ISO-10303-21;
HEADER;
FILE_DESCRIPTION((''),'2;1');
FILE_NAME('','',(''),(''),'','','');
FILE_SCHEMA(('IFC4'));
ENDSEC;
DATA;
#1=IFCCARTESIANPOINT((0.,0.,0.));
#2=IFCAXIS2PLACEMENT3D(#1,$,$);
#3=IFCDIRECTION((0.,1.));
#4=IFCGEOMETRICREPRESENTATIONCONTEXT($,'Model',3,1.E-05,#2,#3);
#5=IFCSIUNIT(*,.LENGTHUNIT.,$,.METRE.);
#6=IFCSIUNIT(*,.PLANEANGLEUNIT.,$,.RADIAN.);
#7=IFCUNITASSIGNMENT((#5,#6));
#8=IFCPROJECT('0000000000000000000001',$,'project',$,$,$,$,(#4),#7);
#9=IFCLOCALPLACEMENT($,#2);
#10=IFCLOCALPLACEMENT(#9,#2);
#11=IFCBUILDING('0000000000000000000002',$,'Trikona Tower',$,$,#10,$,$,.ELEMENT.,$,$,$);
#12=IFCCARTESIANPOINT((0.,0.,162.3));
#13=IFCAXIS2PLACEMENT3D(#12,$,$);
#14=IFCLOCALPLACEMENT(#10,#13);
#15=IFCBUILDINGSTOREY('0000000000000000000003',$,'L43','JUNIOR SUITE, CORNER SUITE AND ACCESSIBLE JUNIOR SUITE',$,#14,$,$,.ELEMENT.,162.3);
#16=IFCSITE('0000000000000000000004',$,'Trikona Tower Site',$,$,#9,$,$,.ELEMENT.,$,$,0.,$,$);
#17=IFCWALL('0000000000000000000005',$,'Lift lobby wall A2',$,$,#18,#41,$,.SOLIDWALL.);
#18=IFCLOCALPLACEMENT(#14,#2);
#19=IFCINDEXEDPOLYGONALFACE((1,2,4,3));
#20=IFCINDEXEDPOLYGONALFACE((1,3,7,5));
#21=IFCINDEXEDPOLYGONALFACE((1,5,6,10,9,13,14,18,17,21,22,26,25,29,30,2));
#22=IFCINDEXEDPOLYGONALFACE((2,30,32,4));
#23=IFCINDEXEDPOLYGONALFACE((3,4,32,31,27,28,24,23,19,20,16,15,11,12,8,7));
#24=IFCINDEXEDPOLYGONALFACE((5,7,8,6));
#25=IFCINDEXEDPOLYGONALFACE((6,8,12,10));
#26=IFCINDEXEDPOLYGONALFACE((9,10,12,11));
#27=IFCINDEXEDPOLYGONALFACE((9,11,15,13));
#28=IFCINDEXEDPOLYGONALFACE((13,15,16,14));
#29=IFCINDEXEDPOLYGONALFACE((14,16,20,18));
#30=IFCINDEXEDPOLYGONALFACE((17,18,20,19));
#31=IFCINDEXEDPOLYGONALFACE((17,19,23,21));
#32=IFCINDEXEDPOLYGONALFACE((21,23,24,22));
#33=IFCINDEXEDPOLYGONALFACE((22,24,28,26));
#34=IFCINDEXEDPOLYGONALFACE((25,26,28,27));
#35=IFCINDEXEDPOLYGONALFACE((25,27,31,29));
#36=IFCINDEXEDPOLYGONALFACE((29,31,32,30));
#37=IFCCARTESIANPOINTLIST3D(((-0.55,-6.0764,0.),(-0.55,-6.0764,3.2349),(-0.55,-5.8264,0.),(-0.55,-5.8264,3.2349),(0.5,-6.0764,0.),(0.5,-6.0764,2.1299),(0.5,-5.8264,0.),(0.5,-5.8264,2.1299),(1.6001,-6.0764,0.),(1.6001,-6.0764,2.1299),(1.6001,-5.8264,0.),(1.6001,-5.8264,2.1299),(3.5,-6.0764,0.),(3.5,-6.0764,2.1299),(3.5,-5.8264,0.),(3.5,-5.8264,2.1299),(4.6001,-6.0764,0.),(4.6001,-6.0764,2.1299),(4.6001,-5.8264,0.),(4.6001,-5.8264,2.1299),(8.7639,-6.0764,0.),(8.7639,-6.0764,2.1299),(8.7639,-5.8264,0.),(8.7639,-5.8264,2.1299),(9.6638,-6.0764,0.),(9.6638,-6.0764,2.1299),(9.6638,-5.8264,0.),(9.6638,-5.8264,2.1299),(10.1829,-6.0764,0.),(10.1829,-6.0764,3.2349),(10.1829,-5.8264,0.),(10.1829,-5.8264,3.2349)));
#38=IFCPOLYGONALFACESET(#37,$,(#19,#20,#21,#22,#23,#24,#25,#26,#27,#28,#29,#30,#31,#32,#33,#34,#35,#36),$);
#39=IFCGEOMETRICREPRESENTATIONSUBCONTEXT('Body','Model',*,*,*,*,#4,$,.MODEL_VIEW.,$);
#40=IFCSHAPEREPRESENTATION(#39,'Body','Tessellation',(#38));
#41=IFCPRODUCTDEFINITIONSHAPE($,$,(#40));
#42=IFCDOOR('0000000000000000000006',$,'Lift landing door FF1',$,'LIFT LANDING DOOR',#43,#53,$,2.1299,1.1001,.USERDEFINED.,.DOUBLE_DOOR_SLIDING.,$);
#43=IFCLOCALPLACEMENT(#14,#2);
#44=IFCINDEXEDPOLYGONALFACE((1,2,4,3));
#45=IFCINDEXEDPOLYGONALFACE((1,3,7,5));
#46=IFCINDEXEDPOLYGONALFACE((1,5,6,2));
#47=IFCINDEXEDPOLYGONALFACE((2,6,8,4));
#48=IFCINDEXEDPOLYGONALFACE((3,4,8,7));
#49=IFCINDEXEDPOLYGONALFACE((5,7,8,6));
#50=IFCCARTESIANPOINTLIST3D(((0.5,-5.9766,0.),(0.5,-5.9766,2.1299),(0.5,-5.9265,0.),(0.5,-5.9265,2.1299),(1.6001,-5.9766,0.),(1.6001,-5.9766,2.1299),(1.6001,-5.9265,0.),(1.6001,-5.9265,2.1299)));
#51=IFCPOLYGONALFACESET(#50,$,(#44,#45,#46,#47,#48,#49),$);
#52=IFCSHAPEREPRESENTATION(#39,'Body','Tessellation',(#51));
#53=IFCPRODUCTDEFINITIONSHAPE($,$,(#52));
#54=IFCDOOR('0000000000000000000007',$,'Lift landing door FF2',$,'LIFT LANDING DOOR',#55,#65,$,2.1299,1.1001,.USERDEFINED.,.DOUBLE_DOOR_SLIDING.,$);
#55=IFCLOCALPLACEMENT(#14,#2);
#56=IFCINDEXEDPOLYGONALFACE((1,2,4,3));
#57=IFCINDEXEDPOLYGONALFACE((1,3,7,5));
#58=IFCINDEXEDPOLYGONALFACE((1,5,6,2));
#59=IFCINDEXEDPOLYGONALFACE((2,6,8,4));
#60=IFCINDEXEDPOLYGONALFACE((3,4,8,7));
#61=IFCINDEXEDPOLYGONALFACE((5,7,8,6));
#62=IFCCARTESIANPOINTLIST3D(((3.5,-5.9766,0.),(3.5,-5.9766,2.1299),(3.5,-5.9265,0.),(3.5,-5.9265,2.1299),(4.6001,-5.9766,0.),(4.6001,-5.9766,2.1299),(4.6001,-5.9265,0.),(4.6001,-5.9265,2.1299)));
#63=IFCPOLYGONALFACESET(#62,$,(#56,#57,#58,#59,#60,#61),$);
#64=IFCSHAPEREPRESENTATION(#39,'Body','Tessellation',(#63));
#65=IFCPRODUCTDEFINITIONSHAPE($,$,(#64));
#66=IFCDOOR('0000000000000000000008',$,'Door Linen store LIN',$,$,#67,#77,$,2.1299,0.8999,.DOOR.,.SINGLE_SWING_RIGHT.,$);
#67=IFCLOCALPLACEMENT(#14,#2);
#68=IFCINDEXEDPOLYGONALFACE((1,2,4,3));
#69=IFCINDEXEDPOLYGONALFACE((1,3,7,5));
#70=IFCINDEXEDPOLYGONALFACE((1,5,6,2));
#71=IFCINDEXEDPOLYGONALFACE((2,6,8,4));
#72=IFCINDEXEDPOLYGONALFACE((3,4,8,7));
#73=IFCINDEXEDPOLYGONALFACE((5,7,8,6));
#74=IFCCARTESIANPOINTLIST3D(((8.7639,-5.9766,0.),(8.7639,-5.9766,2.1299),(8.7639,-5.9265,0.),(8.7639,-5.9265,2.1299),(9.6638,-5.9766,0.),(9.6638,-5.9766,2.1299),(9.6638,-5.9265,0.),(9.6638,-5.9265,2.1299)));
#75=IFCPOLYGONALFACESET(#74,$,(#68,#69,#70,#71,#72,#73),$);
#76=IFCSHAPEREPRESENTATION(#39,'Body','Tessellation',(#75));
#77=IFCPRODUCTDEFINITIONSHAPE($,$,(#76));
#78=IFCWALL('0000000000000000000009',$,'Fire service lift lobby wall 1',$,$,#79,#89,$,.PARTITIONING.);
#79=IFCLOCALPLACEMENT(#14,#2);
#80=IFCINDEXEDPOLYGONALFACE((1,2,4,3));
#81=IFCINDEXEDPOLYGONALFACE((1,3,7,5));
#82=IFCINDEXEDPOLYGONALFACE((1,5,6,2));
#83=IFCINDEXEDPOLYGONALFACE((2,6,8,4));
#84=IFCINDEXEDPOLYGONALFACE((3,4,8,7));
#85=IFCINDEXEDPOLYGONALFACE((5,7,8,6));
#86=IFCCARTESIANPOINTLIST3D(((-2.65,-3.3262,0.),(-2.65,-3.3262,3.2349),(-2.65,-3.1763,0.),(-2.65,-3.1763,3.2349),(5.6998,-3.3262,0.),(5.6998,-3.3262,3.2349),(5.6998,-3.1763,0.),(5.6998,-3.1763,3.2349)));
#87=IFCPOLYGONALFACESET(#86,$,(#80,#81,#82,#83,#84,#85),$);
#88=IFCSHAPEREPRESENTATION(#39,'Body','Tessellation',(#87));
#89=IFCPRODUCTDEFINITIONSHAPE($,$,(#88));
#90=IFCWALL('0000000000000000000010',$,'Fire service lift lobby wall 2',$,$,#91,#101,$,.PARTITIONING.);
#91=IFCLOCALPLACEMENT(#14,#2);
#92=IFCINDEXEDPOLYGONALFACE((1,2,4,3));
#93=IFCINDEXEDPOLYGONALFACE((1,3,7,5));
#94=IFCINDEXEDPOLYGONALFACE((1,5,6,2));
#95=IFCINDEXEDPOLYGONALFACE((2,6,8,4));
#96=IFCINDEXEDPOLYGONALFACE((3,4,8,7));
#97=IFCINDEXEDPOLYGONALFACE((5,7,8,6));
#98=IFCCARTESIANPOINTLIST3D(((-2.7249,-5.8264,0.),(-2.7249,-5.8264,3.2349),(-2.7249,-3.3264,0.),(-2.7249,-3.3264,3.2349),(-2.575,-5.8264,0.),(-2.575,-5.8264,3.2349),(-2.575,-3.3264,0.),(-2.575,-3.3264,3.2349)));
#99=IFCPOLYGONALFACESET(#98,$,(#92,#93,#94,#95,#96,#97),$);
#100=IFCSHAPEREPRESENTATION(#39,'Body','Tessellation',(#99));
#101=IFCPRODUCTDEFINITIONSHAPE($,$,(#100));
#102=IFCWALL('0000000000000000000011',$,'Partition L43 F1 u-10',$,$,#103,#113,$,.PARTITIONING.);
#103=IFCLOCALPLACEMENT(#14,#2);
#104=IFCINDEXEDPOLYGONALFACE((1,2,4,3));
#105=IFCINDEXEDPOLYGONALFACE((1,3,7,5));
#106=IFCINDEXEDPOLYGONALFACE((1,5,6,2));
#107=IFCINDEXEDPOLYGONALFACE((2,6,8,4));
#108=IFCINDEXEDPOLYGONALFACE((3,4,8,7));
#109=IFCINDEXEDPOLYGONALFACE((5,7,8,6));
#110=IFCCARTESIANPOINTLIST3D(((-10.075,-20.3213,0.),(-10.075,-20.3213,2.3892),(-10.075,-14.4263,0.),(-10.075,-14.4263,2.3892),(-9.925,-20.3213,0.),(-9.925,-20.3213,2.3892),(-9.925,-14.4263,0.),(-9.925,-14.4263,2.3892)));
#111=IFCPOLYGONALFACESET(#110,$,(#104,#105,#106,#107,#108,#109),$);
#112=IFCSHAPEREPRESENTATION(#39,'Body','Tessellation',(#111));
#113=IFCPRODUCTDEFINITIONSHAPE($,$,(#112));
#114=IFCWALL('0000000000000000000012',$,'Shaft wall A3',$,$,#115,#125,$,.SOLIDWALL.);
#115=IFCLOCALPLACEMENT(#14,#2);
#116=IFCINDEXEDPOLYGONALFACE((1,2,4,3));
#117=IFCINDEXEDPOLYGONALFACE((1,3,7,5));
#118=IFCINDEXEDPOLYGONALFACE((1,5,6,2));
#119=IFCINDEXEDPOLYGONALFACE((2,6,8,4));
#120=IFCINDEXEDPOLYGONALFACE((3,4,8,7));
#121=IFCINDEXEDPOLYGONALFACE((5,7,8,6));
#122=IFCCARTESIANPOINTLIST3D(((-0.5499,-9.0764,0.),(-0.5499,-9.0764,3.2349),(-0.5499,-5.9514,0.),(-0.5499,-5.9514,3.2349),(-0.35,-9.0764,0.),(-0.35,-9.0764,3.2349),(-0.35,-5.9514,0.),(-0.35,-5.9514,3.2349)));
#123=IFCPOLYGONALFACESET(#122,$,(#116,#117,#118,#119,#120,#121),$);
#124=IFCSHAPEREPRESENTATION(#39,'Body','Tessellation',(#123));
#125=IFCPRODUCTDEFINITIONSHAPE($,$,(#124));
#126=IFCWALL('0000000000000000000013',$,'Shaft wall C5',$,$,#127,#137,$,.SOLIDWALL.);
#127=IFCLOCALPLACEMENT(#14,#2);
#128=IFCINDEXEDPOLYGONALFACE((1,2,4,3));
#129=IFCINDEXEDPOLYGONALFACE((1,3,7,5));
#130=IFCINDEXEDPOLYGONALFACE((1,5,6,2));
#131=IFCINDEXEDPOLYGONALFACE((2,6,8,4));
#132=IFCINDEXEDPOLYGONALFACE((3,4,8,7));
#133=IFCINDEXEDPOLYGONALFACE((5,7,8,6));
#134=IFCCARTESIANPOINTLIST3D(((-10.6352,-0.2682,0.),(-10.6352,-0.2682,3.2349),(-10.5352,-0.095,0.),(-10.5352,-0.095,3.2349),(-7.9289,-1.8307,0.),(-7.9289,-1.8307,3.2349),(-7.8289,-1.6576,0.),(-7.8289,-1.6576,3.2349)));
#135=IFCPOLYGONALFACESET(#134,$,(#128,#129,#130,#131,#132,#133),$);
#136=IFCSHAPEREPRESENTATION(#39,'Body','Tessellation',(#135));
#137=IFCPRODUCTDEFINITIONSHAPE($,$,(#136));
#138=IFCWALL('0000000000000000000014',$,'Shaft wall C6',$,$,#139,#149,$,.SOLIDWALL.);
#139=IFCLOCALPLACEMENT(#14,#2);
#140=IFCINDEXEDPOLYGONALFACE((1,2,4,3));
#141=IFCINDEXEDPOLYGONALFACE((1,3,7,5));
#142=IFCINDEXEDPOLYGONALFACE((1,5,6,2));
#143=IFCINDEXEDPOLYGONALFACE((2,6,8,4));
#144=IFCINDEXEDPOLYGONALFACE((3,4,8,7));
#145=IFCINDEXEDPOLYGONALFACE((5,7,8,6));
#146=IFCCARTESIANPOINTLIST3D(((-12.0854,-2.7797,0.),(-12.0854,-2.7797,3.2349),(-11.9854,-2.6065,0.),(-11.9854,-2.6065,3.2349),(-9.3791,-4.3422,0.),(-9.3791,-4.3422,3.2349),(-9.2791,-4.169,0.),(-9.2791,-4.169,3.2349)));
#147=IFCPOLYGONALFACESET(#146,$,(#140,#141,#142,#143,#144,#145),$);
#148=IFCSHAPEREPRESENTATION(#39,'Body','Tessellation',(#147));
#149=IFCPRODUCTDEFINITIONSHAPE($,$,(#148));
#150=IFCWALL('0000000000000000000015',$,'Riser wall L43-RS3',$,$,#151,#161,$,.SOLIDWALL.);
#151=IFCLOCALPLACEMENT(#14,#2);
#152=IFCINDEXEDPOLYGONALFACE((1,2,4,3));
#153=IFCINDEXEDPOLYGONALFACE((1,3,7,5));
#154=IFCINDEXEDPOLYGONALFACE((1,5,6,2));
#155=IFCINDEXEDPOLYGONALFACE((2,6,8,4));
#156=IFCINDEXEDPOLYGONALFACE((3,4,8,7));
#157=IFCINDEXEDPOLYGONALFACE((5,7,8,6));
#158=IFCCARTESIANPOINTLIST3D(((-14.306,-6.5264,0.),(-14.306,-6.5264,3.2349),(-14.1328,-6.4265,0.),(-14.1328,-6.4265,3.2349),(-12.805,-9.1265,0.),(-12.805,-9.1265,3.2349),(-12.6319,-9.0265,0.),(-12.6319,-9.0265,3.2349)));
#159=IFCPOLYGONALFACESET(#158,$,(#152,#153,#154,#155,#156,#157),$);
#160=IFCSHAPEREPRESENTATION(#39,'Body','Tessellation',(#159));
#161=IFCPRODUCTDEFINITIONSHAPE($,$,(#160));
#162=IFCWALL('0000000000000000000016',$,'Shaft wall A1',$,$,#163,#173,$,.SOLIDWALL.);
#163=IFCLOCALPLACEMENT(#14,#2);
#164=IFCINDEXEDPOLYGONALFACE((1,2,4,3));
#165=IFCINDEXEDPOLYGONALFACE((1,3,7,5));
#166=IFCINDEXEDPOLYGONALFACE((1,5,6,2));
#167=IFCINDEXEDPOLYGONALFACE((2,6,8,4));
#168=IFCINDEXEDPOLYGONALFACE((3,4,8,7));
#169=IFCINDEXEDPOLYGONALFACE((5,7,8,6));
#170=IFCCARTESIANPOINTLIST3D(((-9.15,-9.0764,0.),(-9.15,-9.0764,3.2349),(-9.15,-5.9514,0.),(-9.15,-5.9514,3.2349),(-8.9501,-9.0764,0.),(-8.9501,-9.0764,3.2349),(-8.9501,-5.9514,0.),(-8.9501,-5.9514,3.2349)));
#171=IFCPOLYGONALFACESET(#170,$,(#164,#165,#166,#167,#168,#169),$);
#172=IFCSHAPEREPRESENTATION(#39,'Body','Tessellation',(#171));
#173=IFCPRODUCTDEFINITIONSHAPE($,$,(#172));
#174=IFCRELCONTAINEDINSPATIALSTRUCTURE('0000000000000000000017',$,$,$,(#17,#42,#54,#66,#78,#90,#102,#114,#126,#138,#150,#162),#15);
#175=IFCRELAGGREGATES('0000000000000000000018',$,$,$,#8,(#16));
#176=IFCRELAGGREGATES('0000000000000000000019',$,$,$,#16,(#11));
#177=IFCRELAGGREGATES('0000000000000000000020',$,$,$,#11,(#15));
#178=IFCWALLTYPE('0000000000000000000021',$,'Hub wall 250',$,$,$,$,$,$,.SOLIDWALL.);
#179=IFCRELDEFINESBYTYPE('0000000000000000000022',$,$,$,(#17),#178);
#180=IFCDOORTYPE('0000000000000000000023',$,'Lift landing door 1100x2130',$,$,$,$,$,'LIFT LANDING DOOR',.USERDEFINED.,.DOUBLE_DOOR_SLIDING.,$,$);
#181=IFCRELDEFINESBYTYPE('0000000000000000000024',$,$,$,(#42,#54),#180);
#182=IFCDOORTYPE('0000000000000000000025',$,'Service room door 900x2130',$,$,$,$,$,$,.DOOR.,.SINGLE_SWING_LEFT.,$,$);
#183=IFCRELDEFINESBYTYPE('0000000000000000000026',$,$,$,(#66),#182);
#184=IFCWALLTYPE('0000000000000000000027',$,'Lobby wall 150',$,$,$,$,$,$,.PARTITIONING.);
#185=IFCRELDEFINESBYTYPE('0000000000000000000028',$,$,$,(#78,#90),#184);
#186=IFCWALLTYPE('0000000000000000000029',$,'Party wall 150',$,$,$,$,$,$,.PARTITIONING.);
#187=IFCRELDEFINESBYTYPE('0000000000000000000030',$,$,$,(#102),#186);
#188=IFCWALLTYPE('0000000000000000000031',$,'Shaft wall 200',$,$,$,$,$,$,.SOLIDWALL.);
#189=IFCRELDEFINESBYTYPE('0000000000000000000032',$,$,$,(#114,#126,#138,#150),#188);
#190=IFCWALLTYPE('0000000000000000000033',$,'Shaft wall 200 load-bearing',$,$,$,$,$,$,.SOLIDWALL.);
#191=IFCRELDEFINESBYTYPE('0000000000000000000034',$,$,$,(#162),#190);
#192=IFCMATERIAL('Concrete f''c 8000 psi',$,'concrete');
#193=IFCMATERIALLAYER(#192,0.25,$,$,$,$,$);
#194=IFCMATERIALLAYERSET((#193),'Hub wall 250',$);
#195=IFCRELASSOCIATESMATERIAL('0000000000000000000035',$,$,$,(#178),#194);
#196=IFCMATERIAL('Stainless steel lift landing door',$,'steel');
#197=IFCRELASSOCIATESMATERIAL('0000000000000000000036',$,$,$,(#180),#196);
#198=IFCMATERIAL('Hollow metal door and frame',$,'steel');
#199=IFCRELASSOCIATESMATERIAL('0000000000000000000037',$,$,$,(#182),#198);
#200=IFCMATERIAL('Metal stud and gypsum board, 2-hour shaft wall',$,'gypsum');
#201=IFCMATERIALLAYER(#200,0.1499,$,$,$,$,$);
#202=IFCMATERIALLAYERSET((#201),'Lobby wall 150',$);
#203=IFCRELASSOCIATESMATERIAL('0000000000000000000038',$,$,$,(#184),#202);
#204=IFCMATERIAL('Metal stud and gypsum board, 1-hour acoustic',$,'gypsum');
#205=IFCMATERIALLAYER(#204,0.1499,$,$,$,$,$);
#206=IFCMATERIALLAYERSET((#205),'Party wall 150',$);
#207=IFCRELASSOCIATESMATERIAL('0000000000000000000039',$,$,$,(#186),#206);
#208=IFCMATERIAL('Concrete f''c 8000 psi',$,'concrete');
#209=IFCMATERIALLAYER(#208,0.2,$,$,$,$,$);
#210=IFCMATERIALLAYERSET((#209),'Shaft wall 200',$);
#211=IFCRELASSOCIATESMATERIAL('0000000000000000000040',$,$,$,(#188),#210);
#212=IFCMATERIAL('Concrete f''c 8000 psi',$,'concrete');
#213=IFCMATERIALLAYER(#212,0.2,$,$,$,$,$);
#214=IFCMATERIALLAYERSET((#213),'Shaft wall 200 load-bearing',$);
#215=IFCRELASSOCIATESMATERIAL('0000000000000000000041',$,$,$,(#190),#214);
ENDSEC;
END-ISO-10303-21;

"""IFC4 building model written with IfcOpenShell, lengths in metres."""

from ifc_helpers import new_model, si_unit, direction, frame, frame_2d, origin, place, context, subcontext, project, spatial, rectangle, extrude, material, layer, layer_set, type_object, element, fill, save


model = new_model("IFC4")

# Units and contexts
model_context = context("Model", 3, precision=1e-05, world=origin(), true_north=direction((0.0, 1.0)))
body_context = subcontext(model_context, "Body", "Model", "MODEL_VIEW")
ifc_project = project(units=[si_unit("LENGTHUNIT", "METRE"), si_unit("PLANEANGLEUNIT", "RADIAN")], contexts=[model_context])

# Site, building, storey
site_placement = place(None, origin())
site = spatial("IfcSite", under=ifc_project, at=site_placement, Name="Trikona Tower Site", CompositionType="ELEMENT", RefElevation=0.0)
building_placement = place(site_placement, origin())
building = spatial("IfcBuilding", under=site, at=building_placement, Name="Trikona Tower", CompositionType="ELEMENT")
storey_placement = place(building_placement, frame((0.0, 0.0, 162.3)))
storey = spatial("IfcBuildingStorey", under=building, at=storey_placement, Name="L43", Description="JUNIOR SUITE, CORNER SUITE AND ACCESSIBLE JUNIOR SUITE", CompositionType="ELEMENT", Elevation=162.3)

# Shared definitions
ifc_material_1 = material(Name="Concrete f'c 8000 psi", Category="concrete")
ifc_layer_1 = layer(ifc_material_1, 0.25)
ifc_layer_set_1 = layer_set([ifc_layer_1], Name="Hub wall 250")
wall_type_1 = type_object("IfcWallType", Name="Hub wall 250", PredefinedType="SOLIDWALL", material=ifc_layer_set_1)

# Wall, openings, doors
wall_1_placement = place(storey_placement, frame((-0.55, -5.9514, 0.0), z_axis=(0.0, 0.0, 1.0), x_axis=(1.0, 0.0, 0.0)))
wall_1 = element("IfcWall", 1, at=wall_1_placement, inside=storey, type_object=wall_type_1, Name="Lift lobby wall A2", PredefinedType="SOLIDWALL", context=body_context, shape_type="SweptSolid", body=[
    extrude(rectangle(XDim=10.7329, YDim=0.25, at=frame_2d((5.3665, 0.0))), origin(), (0.0, 0.0, 1.0), 3.2349),
])
opening_1_placement = place(wall_1_placement, frame((9.314, 0.0, 0.0)))
opening_1 = element("IfcOpeningElement", 2, at=opening_1_placement, cuts=wall_1, PredefinedType="OPENING", context=body_context, shape_type="SweptSolid", body=[
    extrude(rectangle(XDim=0.8999, YDim=2.1299, at=frame_2d((0.45, 1.0649))), frame((0.0, 0.135, 0.0), z_axis=(0.0, -1.0, 0.0), x_axis=(1.0, 0.0, 0.0)), (0.0, 0.0, 1.0), 0.27),
])
opening_2_placement = place(wall_1_placement, frame((1.05, 0.0, 0.0)))
opening_2 = element("IfcOpeningElement", 3, at=opening_2_placement, cuts=wall_1, PredefinedType="OPENING", context=body_context, shape_type="SweptSolid", body=[
    extrude(rectangle(XDim=1.1001, YDim=2.1299, at=frame_2d((0.55, 1.0649))), frame((0.0, 0.135, 0.0), z_axis=(0.0, -1.0, 0.0), x_axis=(1.0, 0.0, 0.0)), (0.0, 0.0, 1.0), 0.27),
])
opening_3_placement = place(wall_1_placement, frame((4.05, 0.0, 0.0)))
opening_3 = element("IfcOpeningElement", 4, at=opening_3_placement, cuts=wall_1, PredefinedType="OPENING", context=body_context, shape_type="SweptSolid", body=[
    extrude(rectangle(XDim=1.1001, YDim=2.1299, at=frame_2d((0.55, 1.0649))), frame((0.0, 0.135, 0.0), z_axis=(0.0, -1.0, 0.0), x_axis=(1.0, 0.0, 0.0)), (0.0, 0.0, 1.0), 0.27),
])
ifc_material_2 = material(Name="Stainless steel lift landing door", Category="steel")
door_type_1 = type_object("IfcDoorType", Name="Lift landing door 1100x2130", ElementType="LIFT LANDING DOOR", OperationType="DOUBLE_DOOR_SLIDING", PredefinedType="USERDEFINED", material=ifc_material_2)
door_1_placement = place(opening_2_placement, origin())
door_1 = element("IfcDoor", 5, at=door_1_placement, inside=storey, type_object=door_type_1, Name="Lift landing door FF1", ObjectType="LIFT LANDING DOOR", OperationType="DOUBLE_DOOR_SLIDING", OverallHeight=2.1299, OverallWidth=1.1001, PredefinedType="USERDEFINED", context=body_context, shape_type="SweptSolid", body=[
    extrude(rectangle(XDim=1.1001, YDim=2.1299, at=frame_2d((0.55, 1.0649))), frame((0.0, 0.0249, 0.0), z_axis=(0.0, -1.0, 0.0), x_axis=(1.0, 0.0, 0.0)), (0.0, 0.0, 1.0), 0.05),
])
fill(opening_2, door_1)
door_2_placement = place(opening_3_placement, origin())
door_2 = element("IfcDoor", 6, at=door_2_placement, inside=storey, type_object=door_type_1, Name="Lift landing door FF2", ObjectType="LIFT LANDING DOOR", OperationType="DOUBLE_DOOR_SLIDING", OverallHeight=2.1299, OverallWidth=1.1001, PredefinedType="USERDEFINED", context=body_context, shape_type="SweptSolid", body=[
    extrude(rectangle(XDim=1.1001, YDim=2.1299, at=frame_2d((0.55, 1.0649))), frame((0.0, 0.0249, 0.0), z_axis=(0.0, -1.0, 0.0), x_axis=(1.0, 0.0, 0.0)), (0.0, 0.0, 1.0), 0.05),
])
fill(opening_3, door_2)
ifc_material_3 = material(Name="Hollow metal door and frame", Category="steel")
door_type_2 = type_object("IfcDoorType", Name="Service room door 900x2130", OperationType="SINGLE_SWING_LEFT", PredefinedType="DOOR", material=ifc_material_3)
door_3_placement = place(opening_1_placement, origin())
door_3 = element("IfcDoor", 7, at=door_3_placement, inside=storey, type_object=door_type_2, Name="Door Linen store LIN", OperationType="SINGLE_SWING_RIGHT", OverallHeight=2.1299, OverallWidth=0.8999, PredefinedType="DOOR", context=body_context, shape_type="SweptSolid", body=[
    extrude(rectangle(XDim=0.8999, YDim=2.1299, at=frame_2d((0.45, 1.0649))), frame((0.0, 0.0249, 0.0), z_axis=(0.0, -1.0, 0.0), x_axis=(1.0, 0.0, 0.0)), (0.0, 0.0, 1.0), 0.05),
])
fill(opening_1, door_3)

# Walls
ifc_material_4 = material(Name="Metal stud and gypsum board, 2-hour shaft wall", Category="gypsum")
ifc_layer_2 = layer(ifc_material_4, 0.1499)
ifc_layer_set_2 = layer_set([ifc_layer_2], Name="Lobby wall 150")
wall_type_2 = type_object("IfcWallType", Name="Lobby wall 150", PredefinedType="PARTITIONING", material=ifc_layer_set_2)
wall_2_placement = place(storey_placement, frame((-2.6499, -3.2512, 0.0), z_axis=(0.0, 0.0, 1.0), x_axis=(1.0, 0.0, 0.0)))
element("IfcWall", 8, at=wall_2_placement, inside=storey, type_object=wall_type_2, Name="Fire service lift lobby wall 1", PredefinedType="PARTITIONING", context=body_context, shape_type="SweptSolid", body=[
    extrude(rectangle(XDim=8.3499, YDim=0.1499, at=frame_2d((4.1748, 0.0))), origin(), (0.0, 0.0, 1.0), 3.2349),
])
wall_3_placement = place(storey_placement, frame((-2.6499, -5.8264, 0.0), z_axis=(0.0, 0.0, 1.0), x_axis=(0.0, 1.0, 0.0)))
element("IfcWall", 9, at=wall_3_placement, inside=storey, type_object=wall_type_2, Name="Fire service lift lobby wall 2", PredefinedType="PARTITIONING", context=body_context, shape_type="SweptSolid", body=[
    extrude(rectangle(XDim=2.5, YDim=0.1499, at=frame_2d((1.25, 0.0))), origin(), (0.0, 0.0, 1.0), 3.2349),
])
ifc_material_5 = material(Name="Metal stud and gypsum board, 1-hour acoustic", Category="gypsum")
ifc_layer_3 = layer(ifc_material_5, 0.1499)
ifc_layer_set_3 = layer_set([ifc_layer_3], Name="Party wall 150")
wall_type_3 = type_object("IfcWallType", Name="Party wall 150", PredefinedType="PARTITIONING", material=ifc_layer_set_3)
wall_4_placement = place(storey_placement, frame((-10.0, -14.4263, 0.0), z_axis=(0.0, 0.0, 1.0), x_axis=(0.0, -1.0, 0.0)))
element("IfcWall", 10, at=wall_4_placement, inside=storey, type_object=wall_type_3, Name="Partition L43 F1 u-10", PredefinedType="PARTITIONING", context=body_context, shape_type="SweptSolid", body=[
    extrude(rectangle(XDim=5.895, YDim=0.1499, at=frame_2d((2.9475, 0.0))), origin(), (0.0, 0.0, 1.0), 2.3892),
])
ifc_material_6 = material(Name="Concrete f'c 8000 psi", Category="concrete")
ifc_layer_4 = layer(ifc_material_6, 0.2)
ifc_layer_set_4 = layer_set([ifc_layer_4], Name="Shaft wall 200")
wall_type_4 = type_object("IfcWallType", Name="Shaft wall 200", PredefinedType="SOLIDWALL", material=ifc_layer_set_4)
for number, where, z_axis, x_axis, name in (
    (11, (-0.45, -5.9514, 0.0), (0.0, 0.0, 1.0), (0.0, -1.0, 0.0), "Shaft wall A3"),
    (12, (-7.8789, -1.7441, 0.0), (0.0, 0.0, 1.0), (-0.866023, 0.500004, 0.0), "Shaft wall C5"),
    (13, (-9.3291, -4.2556, 0.0), (0.0, 0.0, 1.0), (-0.866023, 0.500004, 0.0), "Shaft wall C6"),
):
    element("IfcWall", number, at=place(storey_placement, frame(where, z_axis=z_axis, x_axis=x_axis)), inside=storey, type_object=wall_type_4, Name=name, PredefinedType="SOLIDWALL", context=body_context, shape_type="SweptSolid", body=[
        extrude(rectangle(XDim=3.125, YDim=0.2, at=frame_2d((1.5625, 0.0))), origin(), (0.0, 0.0, 1.0), 3.2349),
    ])
wall_5_placement = place(storey_placement, frame((-12.7185, -9.0764, 0.0), z_axis=(0.0, 0.0, 1.0), x_axis=(-0.499952, 0.866053, 0.0)))
element("IfcWall", 14, at=wall_5_placement, inside=storey, type_object=wall_type_4, Name="Riser wall L43-RS3", PredefinedType="SOLIDWALL", context=body_context, shape_type="SweptSolid", body=[
    extrude(rectangle(XDim=3.0022, YDim=0.2, at=frame_2d((1.501, 0.0))), origin(), (0.0, 0.0, 1.0), 3.2349),
])
ifc_material_7 = material(Name="Concrete f'c 8000 psi", Category="concrete")
ifc_layer_5 = layer(ifc_material_7, 0.2)
ifc_layer_set_5 = layer_set([ifc_layer_5], Name="Shaft wall 200 load-bearing")
wall_type_5 = type_object("IfcWallType", Name="Shaft wall 200 load-bearing", PredefinedType="SOLIDWALL", material=ifc_layer_set_5)
wall_6_placement = place(storey_placement, frame((-9.05, -5.9514, 0.0), z_axis=(0.0, 0.0, 1.0), x_axis=(0.0, -1.0, 0.0)))
element("IfcWall", 15, at=wall_6_placement, inside=storey, type_object=wall_type_5, Name="Shaft wall A1", PredefinedType="SOLIDWALL", context=body_context, shape_type="SweptSolid", body=[
    extrude(rectangle(XDim=3.125, YDim=0.2, at=frame_2d((1.5625, 0.0))), origin(), (0.0, 0.0, 1.0), 3.2349),
])

save(model, "model.ifc")
